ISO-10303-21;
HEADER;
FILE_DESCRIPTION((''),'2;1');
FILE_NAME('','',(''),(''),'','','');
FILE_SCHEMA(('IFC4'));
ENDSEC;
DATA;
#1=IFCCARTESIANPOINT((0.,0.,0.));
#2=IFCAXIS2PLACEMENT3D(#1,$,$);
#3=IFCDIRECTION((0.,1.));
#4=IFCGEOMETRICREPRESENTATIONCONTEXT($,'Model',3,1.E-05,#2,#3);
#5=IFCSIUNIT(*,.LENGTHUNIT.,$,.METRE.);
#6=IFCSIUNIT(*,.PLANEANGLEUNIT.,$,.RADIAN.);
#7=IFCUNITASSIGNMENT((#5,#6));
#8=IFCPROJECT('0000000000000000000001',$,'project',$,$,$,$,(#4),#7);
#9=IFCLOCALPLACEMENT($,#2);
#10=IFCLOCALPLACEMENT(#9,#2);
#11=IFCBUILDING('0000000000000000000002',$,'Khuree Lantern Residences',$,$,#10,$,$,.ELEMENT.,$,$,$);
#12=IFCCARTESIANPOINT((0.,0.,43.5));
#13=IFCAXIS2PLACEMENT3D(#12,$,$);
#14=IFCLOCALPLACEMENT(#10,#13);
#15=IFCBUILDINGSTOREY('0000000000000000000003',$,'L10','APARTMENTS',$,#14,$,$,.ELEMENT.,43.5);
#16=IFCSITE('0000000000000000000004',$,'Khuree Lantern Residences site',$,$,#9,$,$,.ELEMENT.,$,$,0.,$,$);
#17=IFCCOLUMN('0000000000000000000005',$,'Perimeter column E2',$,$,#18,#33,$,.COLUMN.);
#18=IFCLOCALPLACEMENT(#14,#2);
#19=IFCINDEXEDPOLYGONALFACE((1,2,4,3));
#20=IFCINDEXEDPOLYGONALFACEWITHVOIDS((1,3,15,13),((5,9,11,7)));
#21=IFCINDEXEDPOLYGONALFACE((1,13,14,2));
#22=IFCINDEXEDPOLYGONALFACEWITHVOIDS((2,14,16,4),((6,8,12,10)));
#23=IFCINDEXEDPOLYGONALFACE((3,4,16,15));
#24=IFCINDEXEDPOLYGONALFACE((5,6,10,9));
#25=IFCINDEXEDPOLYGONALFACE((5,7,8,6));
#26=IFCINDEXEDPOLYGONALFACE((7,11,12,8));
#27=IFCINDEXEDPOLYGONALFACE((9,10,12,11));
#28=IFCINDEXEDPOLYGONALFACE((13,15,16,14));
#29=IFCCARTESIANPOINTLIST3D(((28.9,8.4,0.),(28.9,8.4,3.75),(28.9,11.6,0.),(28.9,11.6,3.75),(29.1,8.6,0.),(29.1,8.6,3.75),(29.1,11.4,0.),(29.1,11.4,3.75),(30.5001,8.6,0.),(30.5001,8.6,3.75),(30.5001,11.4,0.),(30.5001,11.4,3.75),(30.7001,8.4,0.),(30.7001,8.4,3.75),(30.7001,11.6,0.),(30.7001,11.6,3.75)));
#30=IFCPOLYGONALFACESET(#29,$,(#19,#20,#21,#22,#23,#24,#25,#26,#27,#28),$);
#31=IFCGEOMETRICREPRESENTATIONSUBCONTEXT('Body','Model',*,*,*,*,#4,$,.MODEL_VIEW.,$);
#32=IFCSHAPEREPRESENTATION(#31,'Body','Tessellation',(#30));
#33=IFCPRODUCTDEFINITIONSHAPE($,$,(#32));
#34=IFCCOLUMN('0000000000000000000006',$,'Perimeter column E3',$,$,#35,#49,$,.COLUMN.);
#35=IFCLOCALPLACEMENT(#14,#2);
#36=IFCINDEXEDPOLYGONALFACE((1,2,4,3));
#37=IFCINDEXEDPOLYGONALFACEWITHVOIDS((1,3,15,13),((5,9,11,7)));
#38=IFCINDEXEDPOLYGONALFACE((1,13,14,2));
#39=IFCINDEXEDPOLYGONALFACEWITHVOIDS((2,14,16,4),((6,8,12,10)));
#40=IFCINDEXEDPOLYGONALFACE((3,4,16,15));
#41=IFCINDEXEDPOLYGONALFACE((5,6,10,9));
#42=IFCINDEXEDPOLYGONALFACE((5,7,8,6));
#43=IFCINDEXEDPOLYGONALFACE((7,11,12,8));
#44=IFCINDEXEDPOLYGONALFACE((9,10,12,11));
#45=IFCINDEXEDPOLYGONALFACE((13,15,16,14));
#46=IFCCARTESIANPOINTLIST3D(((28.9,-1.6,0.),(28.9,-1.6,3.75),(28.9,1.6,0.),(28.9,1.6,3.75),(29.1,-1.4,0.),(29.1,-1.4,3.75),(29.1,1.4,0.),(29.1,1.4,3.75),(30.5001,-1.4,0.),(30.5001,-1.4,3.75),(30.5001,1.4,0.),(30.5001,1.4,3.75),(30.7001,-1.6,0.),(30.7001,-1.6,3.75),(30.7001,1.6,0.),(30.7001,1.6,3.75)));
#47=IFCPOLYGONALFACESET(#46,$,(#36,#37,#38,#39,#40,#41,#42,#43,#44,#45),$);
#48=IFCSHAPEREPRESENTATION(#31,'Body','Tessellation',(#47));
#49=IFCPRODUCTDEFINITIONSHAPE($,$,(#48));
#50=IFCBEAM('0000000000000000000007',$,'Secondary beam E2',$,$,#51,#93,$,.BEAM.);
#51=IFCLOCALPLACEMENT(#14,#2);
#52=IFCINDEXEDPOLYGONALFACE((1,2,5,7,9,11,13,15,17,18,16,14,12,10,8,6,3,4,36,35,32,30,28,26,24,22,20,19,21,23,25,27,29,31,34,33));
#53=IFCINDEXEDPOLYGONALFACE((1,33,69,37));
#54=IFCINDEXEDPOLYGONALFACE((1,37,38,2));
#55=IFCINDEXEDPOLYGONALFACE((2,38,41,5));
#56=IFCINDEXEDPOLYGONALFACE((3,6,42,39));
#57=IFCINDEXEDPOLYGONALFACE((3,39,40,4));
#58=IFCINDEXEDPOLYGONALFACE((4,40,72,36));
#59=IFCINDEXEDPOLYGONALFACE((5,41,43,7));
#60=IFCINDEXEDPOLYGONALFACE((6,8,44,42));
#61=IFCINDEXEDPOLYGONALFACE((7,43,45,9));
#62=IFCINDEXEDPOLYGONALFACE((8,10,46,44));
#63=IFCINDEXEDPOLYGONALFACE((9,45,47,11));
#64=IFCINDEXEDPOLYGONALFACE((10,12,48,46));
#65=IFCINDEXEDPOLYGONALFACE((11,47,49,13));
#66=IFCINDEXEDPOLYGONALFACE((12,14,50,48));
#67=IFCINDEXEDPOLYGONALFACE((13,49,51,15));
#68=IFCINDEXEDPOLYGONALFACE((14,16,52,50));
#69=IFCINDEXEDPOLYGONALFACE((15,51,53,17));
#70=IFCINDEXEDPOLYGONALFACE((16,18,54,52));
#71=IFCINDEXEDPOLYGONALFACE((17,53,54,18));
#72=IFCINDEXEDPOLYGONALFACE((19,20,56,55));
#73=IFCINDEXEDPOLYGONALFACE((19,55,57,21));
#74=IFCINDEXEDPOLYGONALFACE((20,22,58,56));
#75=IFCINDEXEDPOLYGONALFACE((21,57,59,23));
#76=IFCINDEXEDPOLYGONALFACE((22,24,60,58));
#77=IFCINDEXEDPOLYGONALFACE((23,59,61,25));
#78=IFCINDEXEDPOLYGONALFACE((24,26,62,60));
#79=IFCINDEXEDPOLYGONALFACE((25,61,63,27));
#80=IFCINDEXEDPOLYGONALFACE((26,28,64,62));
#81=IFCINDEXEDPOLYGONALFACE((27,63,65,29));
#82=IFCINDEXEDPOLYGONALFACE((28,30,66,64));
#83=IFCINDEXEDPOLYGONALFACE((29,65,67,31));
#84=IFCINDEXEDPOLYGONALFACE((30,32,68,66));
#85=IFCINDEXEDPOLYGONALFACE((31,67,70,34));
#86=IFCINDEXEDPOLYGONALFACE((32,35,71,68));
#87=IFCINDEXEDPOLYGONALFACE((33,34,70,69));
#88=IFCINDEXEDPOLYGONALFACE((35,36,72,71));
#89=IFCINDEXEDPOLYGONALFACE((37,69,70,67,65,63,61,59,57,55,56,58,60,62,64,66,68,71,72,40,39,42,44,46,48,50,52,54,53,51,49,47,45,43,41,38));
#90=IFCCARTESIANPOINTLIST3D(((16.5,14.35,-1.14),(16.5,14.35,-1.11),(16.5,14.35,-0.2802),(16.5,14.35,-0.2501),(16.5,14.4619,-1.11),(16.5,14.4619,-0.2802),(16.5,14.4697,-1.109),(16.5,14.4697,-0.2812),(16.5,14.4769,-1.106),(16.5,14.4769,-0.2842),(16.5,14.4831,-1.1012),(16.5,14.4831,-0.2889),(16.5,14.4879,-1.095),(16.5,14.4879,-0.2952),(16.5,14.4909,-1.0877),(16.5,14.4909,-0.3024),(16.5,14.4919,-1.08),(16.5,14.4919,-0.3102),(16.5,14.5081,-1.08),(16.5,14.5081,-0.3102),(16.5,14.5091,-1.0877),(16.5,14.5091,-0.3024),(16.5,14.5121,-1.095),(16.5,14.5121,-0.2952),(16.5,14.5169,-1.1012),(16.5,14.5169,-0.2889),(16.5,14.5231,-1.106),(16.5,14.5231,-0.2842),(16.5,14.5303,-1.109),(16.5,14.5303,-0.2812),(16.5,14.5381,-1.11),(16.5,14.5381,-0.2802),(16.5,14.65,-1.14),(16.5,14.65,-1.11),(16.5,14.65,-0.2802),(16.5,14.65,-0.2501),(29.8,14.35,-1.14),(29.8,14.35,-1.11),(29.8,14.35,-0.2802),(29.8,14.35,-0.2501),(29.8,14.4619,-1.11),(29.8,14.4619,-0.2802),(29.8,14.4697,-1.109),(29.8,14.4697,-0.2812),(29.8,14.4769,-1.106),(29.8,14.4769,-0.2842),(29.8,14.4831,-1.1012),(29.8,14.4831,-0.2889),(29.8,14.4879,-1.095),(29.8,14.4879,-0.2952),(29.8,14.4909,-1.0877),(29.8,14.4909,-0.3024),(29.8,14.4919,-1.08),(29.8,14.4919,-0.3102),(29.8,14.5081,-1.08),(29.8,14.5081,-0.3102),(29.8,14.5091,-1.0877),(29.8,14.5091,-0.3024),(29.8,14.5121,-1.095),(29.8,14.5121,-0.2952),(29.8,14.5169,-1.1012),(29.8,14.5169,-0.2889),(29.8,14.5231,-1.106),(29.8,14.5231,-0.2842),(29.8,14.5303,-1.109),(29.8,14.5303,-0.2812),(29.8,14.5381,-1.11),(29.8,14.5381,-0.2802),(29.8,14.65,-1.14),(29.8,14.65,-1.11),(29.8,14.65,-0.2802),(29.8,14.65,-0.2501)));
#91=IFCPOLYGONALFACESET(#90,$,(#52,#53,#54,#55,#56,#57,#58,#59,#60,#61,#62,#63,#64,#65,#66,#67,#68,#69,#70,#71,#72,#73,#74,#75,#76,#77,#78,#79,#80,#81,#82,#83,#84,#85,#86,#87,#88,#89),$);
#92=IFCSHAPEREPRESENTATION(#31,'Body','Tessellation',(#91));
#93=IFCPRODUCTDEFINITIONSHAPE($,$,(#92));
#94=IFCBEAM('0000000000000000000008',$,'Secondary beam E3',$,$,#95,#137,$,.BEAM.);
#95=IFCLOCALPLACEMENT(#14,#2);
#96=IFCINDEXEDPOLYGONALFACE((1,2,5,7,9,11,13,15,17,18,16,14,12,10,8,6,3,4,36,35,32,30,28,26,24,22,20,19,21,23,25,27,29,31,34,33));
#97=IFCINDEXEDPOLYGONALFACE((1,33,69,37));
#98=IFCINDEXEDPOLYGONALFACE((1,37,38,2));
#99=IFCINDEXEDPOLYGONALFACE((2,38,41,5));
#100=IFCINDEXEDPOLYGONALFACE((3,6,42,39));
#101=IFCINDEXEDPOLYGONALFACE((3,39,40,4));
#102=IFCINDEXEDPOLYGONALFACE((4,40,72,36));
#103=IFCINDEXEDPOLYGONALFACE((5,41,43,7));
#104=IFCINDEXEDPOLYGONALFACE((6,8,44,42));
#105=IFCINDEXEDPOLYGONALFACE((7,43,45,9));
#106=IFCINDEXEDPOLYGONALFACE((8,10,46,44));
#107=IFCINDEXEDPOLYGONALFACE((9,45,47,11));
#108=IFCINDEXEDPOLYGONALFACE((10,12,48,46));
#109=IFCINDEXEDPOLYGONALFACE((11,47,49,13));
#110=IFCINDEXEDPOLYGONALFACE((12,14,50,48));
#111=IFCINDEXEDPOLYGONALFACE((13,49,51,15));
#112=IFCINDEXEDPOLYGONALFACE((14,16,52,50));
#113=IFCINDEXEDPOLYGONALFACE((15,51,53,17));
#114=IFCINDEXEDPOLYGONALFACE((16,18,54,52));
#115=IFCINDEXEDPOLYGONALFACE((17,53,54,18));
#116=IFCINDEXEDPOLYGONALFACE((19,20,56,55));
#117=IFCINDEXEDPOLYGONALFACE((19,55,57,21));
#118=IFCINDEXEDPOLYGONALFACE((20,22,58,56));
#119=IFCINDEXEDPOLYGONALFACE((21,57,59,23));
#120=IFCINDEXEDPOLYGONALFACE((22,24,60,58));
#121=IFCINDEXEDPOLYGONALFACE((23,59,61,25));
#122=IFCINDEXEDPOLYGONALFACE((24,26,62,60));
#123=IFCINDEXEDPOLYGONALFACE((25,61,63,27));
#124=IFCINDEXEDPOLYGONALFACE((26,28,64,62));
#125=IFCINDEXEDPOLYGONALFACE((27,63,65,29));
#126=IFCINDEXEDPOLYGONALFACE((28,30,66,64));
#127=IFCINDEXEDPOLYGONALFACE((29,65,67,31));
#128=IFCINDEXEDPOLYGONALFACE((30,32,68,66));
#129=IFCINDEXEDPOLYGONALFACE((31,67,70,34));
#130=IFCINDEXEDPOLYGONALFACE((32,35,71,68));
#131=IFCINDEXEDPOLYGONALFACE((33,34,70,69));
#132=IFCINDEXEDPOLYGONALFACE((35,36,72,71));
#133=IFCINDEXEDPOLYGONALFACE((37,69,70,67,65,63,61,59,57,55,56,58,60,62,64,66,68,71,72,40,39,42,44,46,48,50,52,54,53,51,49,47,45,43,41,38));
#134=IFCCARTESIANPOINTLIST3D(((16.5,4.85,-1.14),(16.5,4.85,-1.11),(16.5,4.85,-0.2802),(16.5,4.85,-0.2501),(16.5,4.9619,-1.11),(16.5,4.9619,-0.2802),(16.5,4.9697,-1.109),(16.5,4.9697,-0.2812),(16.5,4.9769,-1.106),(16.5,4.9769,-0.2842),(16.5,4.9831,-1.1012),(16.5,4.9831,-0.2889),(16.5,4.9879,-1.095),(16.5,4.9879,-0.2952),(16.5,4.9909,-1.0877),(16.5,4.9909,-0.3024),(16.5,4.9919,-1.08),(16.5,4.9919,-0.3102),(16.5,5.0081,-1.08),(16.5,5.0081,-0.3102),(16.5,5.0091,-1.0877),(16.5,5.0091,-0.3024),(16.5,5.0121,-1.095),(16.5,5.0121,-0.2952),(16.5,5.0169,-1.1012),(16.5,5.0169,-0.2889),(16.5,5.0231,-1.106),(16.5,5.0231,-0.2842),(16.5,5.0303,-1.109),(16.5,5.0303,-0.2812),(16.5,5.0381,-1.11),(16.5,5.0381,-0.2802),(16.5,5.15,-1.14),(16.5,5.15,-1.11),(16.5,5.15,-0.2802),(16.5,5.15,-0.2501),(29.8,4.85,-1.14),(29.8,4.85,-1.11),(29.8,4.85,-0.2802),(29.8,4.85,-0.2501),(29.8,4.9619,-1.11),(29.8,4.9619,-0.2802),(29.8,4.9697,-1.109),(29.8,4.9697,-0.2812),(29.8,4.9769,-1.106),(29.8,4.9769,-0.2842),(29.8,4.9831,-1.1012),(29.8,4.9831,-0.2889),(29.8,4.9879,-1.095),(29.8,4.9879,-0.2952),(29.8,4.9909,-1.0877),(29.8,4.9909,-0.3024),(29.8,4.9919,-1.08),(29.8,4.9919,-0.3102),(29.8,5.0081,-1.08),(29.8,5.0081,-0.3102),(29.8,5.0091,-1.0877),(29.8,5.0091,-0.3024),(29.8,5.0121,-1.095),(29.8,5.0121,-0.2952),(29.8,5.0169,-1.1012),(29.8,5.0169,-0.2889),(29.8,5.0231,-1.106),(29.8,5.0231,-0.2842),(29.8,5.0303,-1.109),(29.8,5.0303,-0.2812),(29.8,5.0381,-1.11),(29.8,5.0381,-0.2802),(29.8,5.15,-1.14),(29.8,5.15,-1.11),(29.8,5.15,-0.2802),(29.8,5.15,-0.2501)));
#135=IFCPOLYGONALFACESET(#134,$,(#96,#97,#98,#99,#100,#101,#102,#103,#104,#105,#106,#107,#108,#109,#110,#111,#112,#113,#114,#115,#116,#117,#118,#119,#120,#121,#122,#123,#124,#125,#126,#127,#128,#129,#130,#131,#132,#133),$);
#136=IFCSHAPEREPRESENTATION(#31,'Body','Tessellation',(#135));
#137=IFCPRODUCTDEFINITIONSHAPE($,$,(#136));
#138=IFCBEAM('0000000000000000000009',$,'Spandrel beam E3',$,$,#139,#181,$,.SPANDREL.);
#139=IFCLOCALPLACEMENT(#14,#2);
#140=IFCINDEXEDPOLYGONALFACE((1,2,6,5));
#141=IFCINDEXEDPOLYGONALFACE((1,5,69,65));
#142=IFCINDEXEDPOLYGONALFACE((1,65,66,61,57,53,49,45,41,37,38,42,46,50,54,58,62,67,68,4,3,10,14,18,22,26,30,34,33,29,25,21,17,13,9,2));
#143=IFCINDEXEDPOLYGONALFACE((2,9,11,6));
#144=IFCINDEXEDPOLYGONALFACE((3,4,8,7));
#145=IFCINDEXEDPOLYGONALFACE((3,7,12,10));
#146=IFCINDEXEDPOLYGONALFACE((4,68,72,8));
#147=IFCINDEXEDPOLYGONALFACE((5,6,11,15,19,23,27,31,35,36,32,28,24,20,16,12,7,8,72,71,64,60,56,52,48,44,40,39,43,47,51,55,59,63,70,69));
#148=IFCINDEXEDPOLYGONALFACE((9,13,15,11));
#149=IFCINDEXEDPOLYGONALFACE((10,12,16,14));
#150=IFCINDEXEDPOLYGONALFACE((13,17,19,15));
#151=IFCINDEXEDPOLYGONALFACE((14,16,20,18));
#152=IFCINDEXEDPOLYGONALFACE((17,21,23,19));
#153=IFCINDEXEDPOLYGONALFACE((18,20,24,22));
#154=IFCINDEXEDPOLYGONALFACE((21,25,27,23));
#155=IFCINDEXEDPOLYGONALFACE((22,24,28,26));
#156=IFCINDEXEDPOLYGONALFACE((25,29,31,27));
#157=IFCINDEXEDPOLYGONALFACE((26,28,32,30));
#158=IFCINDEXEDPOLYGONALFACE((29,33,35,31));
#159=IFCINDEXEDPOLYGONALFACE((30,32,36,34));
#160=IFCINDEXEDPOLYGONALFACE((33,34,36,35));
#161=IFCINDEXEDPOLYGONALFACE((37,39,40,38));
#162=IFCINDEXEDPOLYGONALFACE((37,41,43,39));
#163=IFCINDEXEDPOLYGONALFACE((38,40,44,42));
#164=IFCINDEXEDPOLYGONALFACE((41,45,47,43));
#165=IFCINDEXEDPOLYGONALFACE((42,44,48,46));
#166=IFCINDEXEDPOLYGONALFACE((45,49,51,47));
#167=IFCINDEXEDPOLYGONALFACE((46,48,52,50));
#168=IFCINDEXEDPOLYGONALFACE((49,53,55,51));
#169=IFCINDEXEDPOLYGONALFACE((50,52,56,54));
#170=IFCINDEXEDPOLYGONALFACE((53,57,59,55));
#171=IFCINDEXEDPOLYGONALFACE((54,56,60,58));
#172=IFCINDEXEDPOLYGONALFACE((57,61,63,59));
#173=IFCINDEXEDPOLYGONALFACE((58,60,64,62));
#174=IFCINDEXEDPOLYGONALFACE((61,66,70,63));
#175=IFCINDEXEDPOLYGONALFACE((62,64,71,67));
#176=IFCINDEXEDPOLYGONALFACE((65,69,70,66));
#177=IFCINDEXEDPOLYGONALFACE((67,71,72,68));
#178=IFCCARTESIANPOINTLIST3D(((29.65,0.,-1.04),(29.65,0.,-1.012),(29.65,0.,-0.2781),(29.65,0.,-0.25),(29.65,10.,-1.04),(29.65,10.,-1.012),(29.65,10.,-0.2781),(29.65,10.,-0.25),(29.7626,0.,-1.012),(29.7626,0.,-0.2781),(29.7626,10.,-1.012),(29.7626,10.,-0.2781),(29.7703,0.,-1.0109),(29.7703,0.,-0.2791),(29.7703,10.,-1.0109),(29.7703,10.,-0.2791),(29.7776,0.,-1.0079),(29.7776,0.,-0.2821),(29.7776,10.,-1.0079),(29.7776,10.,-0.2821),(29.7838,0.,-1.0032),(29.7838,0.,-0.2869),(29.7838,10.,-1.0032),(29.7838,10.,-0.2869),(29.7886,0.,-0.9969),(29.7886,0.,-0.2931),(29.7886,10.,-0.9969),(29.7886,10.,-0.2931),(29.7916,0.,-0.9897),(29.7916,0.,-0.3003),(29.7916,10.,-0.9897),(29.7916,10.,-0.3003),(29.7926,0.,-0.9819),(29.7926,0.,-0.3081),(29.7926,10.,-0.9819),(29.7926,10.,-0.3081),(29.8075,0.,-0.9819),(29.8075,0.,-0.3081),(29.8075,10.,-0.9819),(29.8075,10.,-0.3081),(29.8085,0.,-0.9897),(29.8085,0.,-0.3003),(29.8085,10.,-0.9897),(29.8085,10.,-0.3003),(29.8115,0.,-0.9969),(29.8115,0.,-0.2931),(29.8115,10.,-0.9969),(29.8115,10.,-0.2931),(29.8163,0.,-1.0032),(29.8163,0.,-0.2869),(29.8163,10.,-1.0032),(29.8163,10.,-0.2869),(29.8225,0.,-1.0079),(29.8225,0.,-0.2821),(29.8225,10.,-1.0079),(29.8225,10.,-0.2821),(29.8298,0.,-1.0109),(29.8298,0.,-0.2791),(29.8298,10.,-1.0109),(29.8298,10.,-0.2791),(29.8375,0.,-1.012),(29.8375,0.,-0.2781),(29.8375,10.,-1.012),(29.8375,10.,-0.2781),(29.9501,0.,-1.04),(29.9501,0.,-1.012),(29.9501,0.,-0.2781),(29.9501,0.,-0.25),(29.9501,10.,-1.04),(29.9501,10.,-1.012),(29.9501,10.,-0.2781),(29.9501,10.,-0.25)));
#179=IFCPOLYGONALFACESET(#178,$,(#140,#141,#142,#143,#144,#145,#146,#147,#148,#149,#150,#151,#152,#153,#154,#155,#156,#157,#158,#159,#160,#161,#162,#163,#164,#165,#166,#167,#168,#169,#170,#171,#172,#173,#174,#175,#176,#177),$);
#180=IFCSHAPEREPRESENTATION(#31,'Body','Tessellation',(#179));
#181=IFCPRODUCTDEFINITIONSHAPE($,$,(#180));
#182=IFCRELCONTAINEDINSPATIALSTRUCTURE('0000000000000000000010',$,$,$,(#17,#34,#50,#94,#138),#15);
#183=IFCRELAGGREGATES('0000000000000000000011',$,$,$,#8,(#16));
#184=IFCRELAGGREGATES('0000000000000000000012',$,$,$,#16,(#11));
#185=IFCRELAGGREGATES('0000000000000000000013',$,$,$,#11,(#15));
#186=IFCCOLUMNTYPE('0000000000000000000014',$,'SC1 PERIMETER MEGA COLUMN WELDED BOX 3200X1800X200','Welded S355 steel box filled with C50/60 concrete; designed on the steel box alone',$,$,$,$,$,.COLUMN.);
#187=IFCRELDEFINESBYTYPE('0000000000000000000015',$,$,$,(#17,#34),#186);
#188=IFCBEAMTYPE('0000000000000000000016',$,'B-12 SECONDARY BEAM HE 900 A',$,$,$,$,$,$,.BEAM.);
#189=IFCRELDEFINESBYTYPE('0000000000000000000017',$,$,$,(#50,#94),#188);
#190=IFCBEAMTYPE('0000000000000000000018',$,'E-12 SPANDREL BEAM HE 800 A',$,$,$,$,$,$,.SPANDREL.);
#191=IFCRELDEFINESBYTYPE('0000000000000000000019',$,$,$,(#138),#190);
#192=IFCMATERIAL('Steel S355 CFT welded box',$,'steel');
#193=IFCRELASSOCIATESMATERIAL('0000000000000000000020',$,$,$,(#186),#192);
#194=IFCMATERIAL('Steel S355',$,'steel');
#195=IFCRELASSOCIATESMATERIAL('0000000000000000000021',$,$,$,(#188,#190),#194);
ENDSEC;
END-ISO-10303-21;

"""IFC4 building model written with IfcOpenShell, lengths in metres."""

from ifc_helpers import new_model, si_unit, direction, frame, origin, origin_2d, place, context, subcontext, project, spatial, hollow_rectangle, i_section, extrude, material, material_profile, profile_set, type_object, element, save


model = new_model("IFC4")

# Units and contexts
model_context = context("Model", 3, precision=1e-05, world=origin(), true_north=direction((0.0, 1.0)))
body_context = subcontext(model_context, "Body", "Model", "MODEL_VIEW")
ifc_project = project(units=[si_unit("LENGTHUNIT", "METRE"), si_unit("PLANEANGLEUNIT", "RADIAN")], contexts=[model_context])

# Site, building, storey
site_placement = place(None, origin())
site = spatial("IfcSite", under=ifc_project, at=site_placement, Name="Khuree Lantern Residences site", CompositionType="ELEMENT", RefElevation=0.0)
building_placement = place(site_placement, origin())
building = spatial("IfcBuilding", under=site, at=building_placement, Name="Khuree Lantern Residences", CompositionType="ELEMENT")
storey_placement = place(building_placement, frame((0.0, 0.0, 43.5)))
storey = spatial("IfcBuildingStorey", under=building, at=storey_placement, Name="L10", Description="APARTMENTS", CompositionType="ELEMENT", Elevation=43.5)

# Columns
ifc_material_1 = material(Name="Steel S355 CFT welded box", Category="steel")
ifc_material_profile_1 = material_profile(ifc_material_1, hollow_rectangle(XDim=3.2, YDim=1.8, WallThickness=0.2, at=origin_2d()), Name="WELDED BOX 3200X1800X200")
ifc_profile_set_1 = profile_set([ifc_material_profile_1], Name="Steel S355 CFT welded box")
column_type = type_object("IfcColumnType", Name="SC1 PERIMETER MEGA COLUMN WELDED BOX 3200X1800X200", Description="Welded S355 steel box filled with C50/60 concrete; designed on the steel box alone", PredefinedType="COLUMN", material=ifc_profile_set_1)
for number, where, z_axis, x_axis, name in (
    (1, (29.8, 10.0, 0.0), (0.0, 0.0, 1.0), (0.0, 1.0, 0.0), "Perimeter column E2"),
    (2, (29.8, 0.0, 0.0), (0.0, 0.0, 1.0), (0.0, 1.0, 0.0), "Perimeter column E3"),
):
    element("IfcColumn", number, at=place(storey_placement, frame(where, z_axis=z_axis, x_axis=x_axis)), inside=storey, type_object=column_type, Name=name, PredefinedType="COLUMN", context=body_context, shape_type="SweptSolid", body=[
        extrude(hollow_rectangle(XDim=3.2, YDim=1.8, WallThickness=0.2, at=origin_2d()), origin(), (0.0, 0.0, 1.0), 3.75),
    ])

# Beams
ifc_material_2 = material(Name="Steel S355", Category="steel")
ifc_material_profile_2 = material_profile(ifc_material_2, i_section(OverallWidth=0.3, OverallDepth=0.8899, WebThickness=0.0161, FlangeThickness=0.03, FilletRadius=0.03, at=origin_2d()), Name="HE 900 A")
ifc_profile_set_2 = profile_set([ifc_material_profile_2], Name="Steel S355")
beam_type_1 = type_object("IfcBeamType", Name="B-12 SECONDARY BEAM HE 900 A", PredefinedType="BEAM", material=ifc_profile_set_2)
for number, where, z_axis, x_axis, name in (
    (3, (29.8, 14.5, -0.6951), (-1.0, 0.0, 0.0), (0.0, -1.0, 0.0), "Secondary beam E2"),
    (4, (29.8, 5.0, -0.6951), (-1.0, 0.0, 0.0), (0.0, -1.0, 0.0), "Secondary beam E3"),
):
    element("IfcBeam", number, at=place(storey_placement, frame(where, z_axis=z_axis, x_axis=x_axis)), inside=storey, type_object=beam_type_1, Name=name, PredefinedType="BEAM", context=body_context, shape_type="SweptSolid", body=[
        extrude(i_section(OverallWidth=0.3, OverallDepth=0.8899, WebThickness=0.0161, FlangeThickness=0.03, FilletRadius=0.03, at=origin_2d()), origin(), (0.0, 0.0, 1.0), 13.3),
    ])
ifc_material_profile_3 = material_profile(ifc_material_2, i_section(OverallWidth=0.3, OverallDepth=0.79, WebThickness=0.0149, FlangeThickness=0.0281, FilletRadius=0.03, at=origin_2d()), Name="HE 800 A")
ifc_profile_set_3 = profile_set([ifc_material_profile_3], Name="Steel S355")
beam_type_2 = type_object("IfcBeamType", Name="E-12 SPANDREL BEAM HE 800 A", PredefinedType="SPANDREL", material=ifc_profile_set_3)
for number, where, z_axis, x_axis, name in (
    (5, (29.8, 10.0, -0.645), (0.0, -1.0, 0.0), (1.0, 0.0, 0.0), "Spandrel beam E3"),
):
    element("IfcBeam", number, at=place(storey_placement, frame(where, z_axis=z_axis, x_axis=x_axis)), inside=storey, type_object=beam_type_2, Name=name, PredefinedType="SPANDREL", context=body_context, shape_type="SweptSolid", body=[
        extrude(i_section(OverallWidth=0.3, OverallDepth=0.79, WebThickness=0.0149, FlangeThickness=0.0281, FilletRadius=0.03, at=origin_2d()), origin(), (0.0, 0.0, 1.0), 10.0),
    ])

save(model, "model.ifc")
